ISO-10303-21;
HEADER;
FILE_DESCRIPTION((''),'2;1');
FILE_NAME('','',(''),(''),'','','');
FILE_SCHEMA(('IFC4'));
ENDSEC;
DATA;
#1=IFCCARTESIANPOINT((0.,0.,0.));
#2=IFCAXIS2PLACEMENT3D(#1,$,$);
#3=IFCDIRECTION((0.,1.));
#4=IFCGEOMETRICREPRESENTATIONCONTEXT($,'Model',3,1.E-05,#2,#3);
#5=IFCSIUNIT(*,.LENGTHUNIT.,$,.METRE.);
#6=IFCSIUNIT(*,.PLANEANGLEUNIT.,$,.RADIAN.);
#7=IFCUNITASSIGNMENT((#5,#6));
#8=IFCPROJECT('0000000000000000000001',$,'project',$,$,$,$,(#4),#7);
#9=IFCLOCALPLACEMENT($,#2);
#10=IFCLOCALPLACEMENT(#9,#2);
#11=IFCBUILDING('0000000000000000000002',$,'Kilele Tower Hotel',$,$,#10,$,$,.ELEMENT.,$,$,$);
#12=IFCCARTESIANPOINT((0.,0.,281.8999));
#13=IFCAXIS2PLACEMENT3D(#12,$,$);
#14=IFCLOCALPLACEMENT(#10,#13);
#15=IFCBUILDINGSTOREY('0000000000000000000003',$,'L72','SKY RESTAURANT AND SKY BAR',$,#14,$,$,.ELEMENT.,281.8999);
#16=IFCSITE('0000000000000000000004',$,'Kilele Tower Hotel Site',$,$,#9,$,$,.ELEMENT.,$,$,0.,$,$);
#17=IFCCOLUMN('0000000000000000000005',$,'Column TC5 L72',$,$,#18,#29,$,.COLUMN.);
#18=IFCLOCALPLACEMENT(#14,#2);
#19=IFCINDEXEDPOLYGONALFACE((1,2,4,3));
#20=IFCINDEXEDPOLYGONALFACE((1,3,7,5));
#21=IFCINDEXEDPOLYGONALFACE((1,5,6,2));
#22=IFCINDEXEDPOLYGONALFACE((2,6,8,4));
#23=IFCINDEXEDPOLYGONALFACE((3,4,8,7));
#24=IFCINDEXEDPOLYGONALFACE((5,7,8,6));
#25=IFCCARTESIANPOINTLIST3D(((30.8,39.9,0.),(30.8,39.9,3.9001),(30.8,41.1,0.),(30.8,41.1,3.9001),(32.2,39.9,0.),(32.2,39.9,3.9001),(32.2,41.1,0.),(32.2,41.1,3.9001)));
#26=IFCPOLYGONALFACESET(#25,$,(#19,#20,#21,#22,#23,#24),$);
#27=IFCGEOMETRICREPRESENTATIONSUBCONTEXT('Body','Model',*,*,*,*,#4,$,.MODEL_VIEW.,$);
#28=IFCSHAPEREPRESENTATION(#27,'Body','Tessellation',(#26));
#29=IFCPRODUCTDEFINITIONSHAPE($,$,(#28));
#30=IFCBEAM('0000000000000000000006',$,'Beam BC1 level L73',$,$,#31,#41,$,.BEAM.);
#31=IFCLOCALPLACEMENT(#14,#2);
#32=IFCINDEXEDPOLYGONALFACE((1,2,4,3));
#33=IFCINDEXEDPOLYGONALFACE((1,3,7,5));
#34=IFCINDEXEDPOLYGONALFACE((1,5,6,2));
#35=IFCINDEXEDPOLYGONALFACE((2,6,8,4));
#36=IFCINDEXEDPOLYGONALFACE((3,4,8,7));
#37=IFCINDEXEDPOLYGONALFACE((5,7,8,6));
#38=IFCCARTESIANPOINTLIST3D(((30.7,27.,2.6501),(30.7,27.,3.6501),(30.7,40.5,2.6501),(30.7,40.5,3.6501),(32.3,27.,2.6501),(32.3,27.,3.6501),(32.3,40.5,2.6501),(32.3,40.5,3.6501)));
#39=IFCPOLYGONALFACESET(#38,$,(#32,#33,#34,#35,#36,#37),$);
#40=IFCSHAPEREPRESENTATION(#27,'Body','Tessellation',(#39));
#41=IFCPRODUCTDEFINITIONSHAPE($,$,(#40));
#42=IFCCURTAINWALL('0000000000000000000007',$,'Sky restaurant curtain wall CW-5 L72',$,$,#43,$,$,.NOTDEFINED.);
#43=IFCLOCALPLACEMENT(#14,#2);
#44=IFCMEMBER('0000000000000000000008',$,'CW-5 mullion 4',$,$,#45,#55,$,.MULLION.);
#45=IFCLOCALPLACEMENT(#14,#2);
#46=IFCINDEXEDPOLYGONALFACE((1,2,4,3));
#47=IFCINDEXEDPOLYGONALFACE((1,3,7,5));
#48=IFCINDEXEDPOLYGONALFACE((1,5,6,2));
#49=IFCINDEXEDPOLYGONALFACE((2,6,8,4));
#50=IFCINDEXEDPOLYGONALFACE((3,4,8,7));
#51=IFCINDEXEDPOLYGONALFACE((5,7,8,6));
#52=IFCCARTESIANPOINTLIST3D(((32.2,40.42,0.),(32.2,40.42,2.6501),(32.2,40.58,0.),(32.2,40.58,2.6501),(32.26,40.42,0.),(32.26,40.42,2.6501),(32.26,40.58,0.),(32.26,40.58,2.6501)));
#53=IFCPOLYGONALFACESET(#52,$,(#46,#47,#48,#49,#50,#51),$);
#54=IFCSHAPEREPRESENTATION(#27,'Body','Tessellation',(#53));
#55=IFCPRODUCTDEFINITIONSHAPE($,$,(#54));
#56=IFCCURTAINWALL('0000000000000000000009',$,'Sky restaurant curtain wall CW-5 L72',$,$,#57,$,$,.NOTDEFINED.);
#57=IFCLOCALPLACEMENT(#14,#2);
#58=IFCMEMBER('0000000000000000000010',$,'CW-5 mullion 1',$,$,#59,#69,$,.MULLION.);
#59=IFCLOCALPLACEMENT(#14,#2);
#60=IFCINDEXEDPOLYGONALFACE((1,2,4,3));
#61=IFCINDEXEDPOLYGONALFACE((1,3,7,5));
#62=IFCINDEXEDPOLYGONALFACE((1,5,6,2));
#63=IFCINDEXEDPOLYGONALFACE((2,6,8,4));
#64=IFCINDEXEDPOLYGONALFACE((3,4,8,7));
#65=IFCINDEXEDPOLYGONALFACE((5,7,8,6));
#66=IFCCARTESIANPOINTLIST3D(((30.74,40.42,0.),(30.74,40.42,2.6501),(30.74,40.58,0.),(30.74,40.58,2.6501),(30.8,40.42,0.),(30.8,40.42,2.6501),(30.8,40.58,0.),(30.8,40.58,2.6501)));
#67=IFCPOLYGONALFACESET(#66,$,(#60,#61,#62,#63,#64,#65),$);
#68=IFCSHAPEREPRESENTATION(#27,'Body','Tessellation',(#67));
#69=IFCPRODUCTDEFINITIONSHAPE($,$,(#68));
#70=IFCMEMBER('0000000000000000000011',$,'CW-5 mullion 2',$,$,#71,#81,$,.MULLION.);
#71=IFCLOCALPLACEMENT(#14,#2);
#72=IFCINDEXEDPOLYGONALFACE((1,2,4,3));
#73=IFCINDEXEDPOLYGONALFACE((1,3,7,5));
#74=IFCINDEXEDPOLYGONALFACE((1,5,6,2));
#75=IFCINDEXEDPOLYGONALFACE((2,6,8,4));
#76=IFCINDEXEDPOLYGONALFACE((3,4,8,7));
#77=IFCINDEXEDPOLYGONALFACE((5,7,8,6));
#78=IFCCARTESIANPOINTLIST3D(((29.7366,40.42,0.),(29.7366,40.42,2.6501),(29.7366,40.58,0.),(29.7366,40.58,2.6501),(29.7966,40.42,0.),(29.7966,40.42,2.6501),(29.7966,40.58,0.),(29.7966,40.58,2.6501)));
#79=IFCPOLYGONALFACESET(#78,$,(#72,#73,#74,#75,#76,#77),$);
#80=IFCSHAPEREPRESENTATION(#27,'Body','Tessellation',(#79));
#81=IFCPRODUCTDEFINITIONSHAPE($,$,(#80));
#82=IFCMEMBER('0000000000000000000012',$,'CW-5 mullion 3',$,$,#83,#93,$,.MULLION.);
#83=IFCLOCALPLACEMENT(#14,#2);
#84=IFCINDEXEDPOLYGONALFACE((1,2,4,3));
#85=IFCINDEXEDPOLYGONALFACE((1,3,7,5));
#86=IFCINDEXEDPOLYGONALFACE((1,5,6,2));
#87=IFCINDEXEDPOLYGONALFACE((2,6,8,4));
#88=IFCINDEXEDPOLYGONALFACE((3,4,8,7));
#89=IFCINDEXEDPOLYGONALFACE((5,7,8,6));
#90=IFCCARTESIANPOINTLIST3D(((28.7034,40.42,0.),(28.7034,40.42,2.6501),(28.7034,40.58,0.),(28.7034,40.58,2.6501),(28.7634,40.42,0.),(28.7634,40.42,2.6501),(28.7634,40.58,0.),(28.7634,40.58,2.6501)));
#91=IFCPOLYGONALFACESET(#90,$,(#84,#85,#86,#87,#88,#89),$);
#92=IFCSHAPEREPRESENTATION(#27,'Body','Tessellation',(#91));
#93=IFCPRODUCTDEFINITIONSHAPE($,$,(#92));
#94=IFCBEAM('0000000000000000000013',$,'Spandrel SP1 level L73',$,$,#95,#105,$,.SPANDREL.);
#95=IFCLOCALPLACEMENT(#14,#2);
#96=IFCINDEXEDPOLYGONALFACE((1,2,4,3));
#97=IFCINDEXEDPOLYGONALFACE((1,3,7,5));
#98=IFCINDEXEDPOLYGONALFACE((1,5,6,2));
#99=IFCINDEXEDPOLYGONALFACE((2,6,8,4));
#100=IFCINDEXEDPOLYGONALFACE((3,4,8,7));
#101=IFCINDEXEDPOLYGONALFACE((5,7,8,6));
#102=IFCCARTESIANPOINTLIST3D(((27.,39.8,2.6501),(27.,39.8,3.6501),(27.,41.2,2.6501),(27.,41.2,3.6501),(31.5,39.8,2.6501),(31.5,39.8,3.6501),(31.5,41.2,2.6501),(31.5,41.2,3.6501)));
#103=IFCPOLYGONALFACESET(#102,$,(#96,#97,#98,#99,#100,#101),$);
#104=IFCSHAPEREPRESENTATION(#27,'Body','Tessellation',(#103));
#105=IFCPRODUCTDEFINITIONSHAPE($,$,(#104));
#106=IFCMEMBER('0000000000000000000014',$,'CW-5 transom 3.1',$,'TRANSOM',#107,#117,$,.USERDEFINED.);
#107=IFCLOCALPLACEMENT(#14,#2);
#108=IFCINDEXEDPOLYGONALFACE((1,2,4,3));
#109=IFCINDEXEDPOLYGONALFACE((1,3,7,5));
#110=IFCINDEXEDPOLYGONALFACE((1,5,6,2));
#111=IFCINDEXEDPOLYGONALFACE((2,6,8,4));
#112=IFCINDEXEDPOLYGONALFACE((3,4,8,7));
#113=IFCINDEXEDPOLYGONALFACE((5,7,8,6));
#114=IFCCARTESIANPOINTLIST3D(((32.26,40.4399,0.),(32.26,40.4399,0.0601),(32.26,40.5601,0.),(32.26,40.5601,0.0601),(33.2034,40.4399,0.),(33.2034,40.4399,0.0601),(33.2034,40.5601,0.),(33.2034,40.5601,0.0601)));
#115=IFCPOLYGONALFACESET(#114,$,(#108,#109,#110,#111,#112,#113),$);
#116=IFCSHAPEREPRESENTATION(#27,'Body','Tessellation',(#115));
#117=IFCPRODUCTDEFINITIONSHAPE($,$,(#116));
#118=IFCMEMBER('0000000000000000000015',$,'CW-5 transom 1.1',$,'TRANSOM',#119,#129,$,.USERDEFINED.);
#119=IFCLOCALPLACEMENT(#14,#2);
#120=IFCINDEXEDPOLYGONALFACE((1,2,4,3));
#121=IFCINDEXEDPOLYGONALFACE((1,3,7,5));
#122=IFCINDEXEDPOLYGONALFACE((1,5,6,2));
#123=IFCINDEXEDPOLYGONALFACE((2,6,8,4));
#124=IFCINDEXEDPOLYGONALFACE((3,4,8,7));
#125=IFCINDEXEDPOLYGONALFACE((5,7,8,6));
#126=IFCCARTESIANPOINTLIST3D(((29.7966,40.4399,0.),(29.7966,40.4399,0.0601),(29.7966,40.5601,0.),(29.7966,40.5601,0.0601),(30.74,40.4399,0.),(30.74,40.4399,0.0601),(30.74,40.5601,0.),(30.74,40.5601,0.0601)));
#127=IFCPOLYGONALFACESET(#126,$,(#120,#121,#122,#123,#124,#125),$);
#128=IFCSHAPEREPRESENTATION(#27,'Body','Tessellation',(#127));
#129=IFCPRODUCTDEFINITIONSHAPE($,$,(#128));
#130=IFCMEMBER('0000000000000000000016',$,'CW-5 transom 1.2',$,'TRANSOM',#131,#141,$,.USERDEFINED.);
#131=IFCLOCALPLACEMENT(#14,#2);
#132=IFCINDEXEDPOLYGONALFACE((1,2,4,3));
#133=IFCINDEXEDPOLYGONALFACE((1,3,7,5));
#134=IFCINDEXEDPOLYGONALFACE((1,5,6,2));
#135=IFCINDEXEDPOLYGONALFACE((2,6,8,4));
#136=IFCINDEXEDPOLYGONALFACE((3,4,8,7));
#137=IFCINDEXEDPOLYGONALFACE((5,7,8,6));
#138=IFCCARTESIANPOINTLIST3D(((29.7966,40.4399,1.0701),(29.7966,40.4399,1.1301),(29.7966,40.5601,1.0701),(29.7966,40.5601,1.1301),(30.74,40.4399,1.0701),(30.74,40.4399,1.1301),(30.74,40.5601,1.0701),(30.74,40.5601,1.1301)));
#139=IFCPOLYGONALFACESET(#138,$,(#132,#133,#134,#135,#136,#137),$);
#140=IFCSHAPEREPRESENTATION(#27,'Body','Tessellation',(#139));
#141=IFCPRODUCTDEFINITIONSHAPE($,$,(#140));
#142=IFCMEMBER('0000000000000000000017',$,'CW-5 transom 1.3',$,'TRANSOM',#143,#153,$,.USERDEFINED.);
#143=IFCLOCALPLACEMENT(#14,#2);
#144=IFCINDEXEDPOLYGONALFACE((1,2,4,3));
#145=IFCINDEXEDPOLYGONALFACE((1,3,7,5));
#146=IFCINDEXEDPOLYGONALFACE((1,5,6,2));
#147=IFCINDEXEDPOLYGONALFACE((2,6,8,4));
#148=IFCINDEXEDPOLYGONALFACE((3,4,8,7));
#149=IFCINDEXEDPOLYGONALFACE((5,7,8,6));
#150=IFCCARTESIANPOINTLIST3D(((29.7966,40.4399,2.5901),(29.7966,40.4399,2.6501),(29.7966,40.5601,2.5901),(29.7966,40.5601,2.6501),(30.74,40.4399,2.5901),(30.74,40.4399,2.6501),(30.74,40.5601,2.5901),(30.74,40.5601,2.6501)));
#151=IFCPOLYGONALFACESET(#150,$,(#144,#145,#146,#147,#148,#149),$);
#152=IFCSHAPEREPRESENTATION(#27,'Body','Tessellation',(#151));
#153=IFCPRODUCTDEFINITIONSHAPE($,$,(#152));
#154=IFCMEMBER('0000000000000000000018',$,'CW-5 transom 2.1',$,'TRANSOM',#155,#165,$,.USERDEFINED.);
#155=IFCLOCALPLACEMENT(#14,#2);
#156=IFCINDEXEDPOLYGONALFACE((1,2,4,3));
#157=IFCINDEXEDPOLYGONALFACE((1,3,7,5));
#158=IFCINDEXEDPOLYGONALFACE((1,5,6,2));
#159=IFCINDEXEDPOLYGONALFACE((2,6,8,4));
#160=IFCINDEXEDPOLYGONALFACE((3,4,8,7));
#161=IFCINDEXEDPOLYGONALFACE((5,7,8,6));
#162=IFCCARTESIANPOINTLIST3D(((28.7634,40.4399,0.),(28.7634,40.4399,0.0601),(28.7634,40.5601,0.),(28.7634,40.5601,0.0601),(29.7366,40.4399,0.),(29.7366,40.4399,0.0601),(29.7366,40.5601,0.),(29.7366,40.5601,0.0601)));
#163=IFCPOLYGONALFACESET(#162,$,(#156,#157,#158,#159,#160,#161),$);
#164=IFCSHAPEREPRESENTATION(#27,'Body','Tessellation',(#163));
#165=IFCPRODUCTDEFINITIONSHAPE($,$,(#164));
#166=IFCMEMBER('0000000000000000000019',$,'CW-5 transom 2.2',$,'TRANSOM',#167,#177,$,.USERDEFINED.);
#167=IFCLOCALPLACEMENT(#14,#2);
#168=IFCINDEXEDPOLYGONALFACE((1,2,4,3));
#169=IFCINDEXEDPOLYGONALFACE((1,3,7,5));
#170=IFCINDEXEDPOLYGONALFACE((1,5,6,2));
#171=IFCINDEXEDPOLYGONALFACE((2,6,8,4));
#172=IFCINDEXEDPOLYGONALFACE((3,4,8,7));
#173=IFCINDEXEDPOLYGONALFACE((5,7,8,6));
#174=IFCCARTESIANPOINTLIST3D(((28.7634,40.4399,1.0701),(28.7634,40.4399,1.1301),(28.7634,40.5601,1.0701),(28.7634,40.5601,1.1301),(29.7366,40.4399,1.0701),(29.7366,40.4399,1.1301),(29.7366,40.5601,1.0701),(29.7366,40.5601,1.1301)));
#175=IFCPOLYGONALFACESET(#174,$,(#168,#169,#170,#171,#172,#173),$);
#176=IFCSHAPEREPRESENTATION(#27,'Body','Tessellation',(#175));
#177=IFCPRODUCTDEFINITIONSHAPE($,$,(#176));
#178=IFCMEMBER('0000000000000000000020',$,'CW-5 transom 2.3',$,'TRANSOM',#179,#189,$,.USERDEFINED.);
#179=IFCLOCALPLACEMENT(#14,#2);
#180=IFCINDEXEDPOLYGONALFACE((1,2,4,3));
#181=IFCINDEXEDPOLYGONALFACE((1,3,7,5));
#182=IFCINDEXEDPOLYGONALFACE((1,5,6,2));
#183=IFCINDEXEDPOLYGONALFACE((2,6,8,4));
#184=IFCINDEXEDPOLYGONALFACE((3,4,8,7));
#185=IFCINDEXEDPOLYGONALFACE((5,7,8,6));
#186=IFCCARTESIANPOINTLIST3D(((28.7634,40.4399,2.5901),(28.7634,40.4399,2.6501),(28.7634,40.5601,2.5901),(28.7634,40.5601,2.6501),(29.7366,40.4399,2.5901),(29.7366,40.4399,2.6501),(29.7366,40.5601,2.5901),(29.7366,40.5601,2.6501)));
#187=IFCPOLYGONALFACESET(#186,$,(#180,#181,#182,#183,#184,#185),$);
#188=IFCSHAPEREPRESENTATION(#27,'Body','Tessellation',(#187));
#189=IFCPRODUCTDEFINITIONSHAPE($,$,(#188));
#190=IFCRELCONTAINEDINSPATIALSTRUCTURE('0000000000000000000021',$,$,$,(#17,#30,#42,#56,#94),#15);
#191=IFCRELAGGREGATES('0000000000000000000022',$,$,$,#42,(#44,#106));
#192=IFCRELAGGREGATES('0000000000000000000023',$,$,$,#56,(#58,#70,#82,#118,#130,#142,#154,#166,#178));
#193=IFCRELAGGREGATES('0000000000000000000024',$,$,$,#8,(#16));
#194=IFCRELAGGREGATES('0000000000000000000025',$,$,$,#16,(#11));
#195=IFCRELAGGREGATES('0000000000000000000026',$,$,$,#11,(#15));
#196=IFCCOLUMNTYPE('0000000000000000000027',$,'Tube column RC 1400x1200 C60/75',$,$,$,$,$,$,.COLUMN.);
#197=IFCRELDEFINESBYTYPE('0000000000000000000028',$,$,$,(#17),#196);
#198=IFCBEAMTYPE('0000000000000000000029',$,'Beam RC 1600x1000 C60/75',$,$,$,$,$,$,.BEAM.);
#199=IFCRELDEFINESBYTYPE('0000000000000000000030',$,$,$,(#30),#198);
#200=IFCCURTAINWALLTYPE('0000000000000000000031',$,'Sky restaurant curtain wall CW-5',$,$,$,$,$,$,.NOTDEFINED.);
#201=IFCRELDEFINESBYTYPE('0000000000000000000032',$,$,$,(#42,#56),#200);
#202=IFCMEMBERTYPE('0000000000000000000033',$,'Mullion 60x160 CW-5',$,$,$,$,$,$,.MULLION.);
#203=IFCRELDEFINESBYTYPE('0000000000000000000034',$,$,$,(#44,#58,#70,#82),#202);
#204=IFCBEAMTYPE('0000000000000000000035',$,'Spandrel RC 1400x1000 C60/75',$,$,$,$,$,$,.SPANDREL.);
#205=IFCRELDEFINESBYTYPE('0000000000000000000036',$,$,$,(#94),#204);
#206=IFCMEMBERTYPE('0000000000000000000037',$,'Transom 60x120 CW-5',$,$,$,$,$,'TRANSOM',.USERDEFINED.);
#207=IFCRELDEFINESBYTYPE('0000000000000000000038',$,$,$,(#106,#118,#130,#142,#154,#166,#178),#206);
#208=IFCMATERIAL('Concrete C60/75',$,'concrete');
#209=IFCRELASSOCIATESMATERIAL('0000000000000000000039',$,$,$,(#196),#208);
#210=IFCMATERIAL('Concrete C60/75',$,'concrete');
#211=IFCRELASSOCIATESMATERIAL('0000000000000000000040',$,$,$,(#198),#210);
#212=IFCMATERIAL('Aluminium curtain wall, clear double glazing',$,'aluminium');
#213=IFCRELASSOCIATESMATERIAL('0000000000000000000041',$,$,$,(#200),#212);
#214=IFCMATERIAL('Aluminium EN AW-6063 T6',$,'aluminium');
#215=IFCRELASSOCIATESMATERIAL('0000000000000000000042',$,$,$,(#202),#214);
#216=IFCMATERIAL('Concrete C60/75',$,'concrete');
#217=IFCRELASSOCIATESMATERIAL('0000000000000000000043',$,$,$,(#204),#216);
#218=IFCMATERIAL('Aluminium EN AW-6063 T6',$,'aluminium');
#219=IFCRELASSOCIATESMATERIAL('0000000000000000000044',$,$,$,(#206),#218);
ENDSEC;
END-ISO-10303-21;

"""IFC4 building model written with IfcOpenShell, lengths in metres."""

from ifc_helpers import new_model, si_unit, direction, frame, origin, origin_2d, place, context, subcontext, project, spatial, rectangle, extrude, material, material_profile, profile_set, type_object, element, aggregate, save


model = new_model("IFC4")

# Units and contexts
model_context = context("Model", 3, precision=1e-05, world=origin(), true_north=direction((0.0, 1.0)))
body_context = subcontext(model_context, "Body", "Model", "MODEL_VIEW")
ifc_project = project(units=[si_unit("LENGTHUNIT", "METRE"), si_unit("PLANEANGLEUNIT", "RADIAN")], contexts=[model_context])

# Site, building, storey
site_placement = place(None, origin())
site = spatial("IfcSite", under=ifc_project, at=site_placement, Name="Kilele Tower Hotel Site", CompositionType="ELEMENT", RefElevation=0.0)
building_placement = place(site_placement, origin())
building = spatial("IfcBuilding", under=site, at=building_placement, Name="Kilele Tower Hotel", CompositionType="ELEMENT")
storey_placement = place(building_placement, frame((0.0, 0.0, 281.8999)))
storey = spatial("IfcBuildingStorey", under=building, at=storey_placement, Name="L72", Description="SKY RESTAURANT AND SKY BAR", CompositionType="ELEMENT", Elevation=281.8999)

# Column
ifc_material_1 = material(Name="Concrete C60/75", Category="concrete")
ifc_material_profile_1 = material_profile(ifc_material_1, rectangle(XDim=1.3999, YDim=1.2, at=origin_2d()))
ifc_profile_set_1 = profile_set([ifc_material_profile_1], Name="Concrete C60/75")
column_type = type_object("IfcColumnType", Name="Tube column RC 1400x1200 C60/75", PredefinedType="COLUMN", material=ifc_profile_set_1)
column_placement = place(storey_placement, frame((31.5, 40.5, 0.0), z_axis=(0.0, 0.0, 1.0), x_axis=(1.0, 0.0, 0.0)))
element("IfcColumn", 1, at=column_placement, inside=storey, type_object=column_type, Name="Column TC5 L72", PredefinedType="COLUMN", context=body_context, shape_type="SweptSolid", body=[
    extrude(rectangle(XDim=1.3999, YDim=1.2, at=origin_2d()), origin(), (0.0, 0.0, 1.0), 3.9001),
])

# Beam
ifc_material_2 = material(Name="Concrete C60/75", Category="concrete")
ifc_material_profile_2 = material_profile(ifc_material_2, rectangle(XDim=1.6001, YDim=1.0, at=origin_2d()))
ifc_profile_set_2 = profile_set([ifc_material_profile_2], Name="Concrete C60/75")
beam_type_1 = type_object("IfcBeamType", Name="Beam RC 1600x1000 C60/75", PredefinedType="BEAM", material=ifc_profile_set_2)
beam_1_placement = place(storey_placement, frame((31.5, 40.5, 3.1501), z_axis=(0.0, -1.0, 0.0), x_axis=(1.0, 0.0, 0.0)))
element("IfcBeam", 2, at=beam_1_placement, inside=storey, type_object=beam_type_1, Name="Beam BC1 level L73", PredefinedType="BEAM", context=body_context, shape_type="SweptSolid", body=[
    extrude(rectangle(XDim=1.6001, YDim=1.0, at=origin_2d()), origin(), (0.0, 0.0, 1.0), 13.5),
])

# Curtain wall, member
ifc_material_3 = material(Name="Aluminium curtain wall, clear double glazing", Category="aluminium")
curtain_wall_type = type_object("IfcCurtainWallType", Name="Sky restaurant curtain wall CW-5", PredefinedType="NOTDEFINED", material=ifc_material_3)
curtain_wall_1_placement = place(storey_placement, origin())
curtain_wall_1 = element("IfcCurtainWall", 3, at=curtain_wall_1_placement, inside=storey, type_object=curtain_wall_type, Name="Sky restaurant curtain wall CW-5 L72", PredefinedType="NOTDEFINED")
ifc_material_4 = material(Name="Aluminium EN AW-6063 T6", Category="aluminium")
ifc_material_profile_3 = material_profile(ifc_material_4, rectangle(XDim=0.1599, YDim=0.0601, at=origin_2d()))
ifc_profile_set_3 = profile_set([ifc_material_profile_3], Name="Aluminium EN AW-6063 T6")
member_type_1 = type_object("IfcMemberType", Name="Mullion 60x160 CW-5", PredefinedType="MULLION", material=ifc_profile_set_3)
member_1_placement = place(storey_placement, frame((32.23, 40.5, 0.0), z_axis=(0.0, 0.0, 1.0), x_axis=(0.0, -1.0, 0.0)))
member_1 = element("IfcMember", 4, at=member_1_placement, type_object=member_type_1, Name="CW-5 mullion 4", PredefinedType="MULLION", context=body_context, shape_type="SweptSolid", body=[
    extrude(rectangle(XDim=0.1599, YDim=0.0601, at=origin_2d()), origin(), (0.0, 0.0, 1.0), 2.6501),
])

# Curtain wall, members
curtain_wall_2_placement = place(storey_placement, origin())
curtain_wall_2 = element("IfcCurtainWall", 5, at=curtain_wall_2_placement, inside=storey, type_object=curtain_wall_type, Name="Sky restaurant curtain wall CW-5 L72", PredefinedType="NOTDEFINED")
member_2_placement = place(storey_placement, frame((30.77, 40.5, 0.0), z_axis=(0.0, 0.0, 1.0), x_axis=(0.0, -1.0, 0.0)))
member_2 = element("IfcMember", 6, at=member_2_placement, type_object=member_type_1, Name="CW-5 mullion 1", PredefinedType="MULLION", context=body_context, shape_type="SweptSolid", body=[
    extrude(rectangle(XDim=0.1599, YDim=0.0601, at=origin_2d()), origin(), (0.0, 0.0, 1.0), 2.6501),
])
member_3_placement = place(storey_placement, frame((29.7666, 40.5, 0.0), z_axis=(0.0, 0.0, 1.0), x_axis=(0.0, -1.0, 0.0)))
member_3 = element("IfcMember", 7, at=member_3_placement, type_object=member_type_1, Name="CW-5 mullion 2", PredefinedType="MULLION", context=body_context, shape_type="SweptSolid", body=[
    extrude(rectangle(XDim=0.1599, YDim=0.0601, at=origin_2d()), origin(), (0.0, 0.0, 1.0), 2.6501),
])
member_4_placement = place(storey_placement, frame((28.7334, 40.5, 0.0), z_axis=(0.0, 0.0, 1.0), x_axis=(0.0, -1.0, 0.0)))
member_4 = element("IfcMember", 8, at=member_4_placement, type_object=member_type_1, Name="CW-5 mullion 3", PredefinedType="MULLION", context=body_context, shape_type="SweptSolid", body=[
    extrude(rectangle(XDim=0.1599, YDim=0.0601, at=origin_2d()), origin(), (0.0, 0.0, 1.0), 2.6501),
])

# Beam
ifc_material_5 = material(Name="Concrete C60/75", Category="concrete")
ifc_material_profile_4 = material_profile(ifc_material_5, rectangle(XDim=1.3999, YDim=1.0, at=origin_2d()))
ifc_profile_set_4 = profile_set([ifc_material_profile_4], Name="Concrete C60/75")
beam_type_2 = type_object("IfcBeamType", Name="Spandrel RC 1400x1000 C60/75", PredefinedType="SPANDREL", material=ifc_profile_set_4)
beam_2_placement = place(storey_placement, frame((31.5, 40.5, 3.1501), z_axis=(-1.0, 0.0, 0.0), x_axis=(0.0, -1.0, 0.0)))
element("IfcBeam", 9, at=beam_2_placement, inside=storey, type_object=beam_type_2, Name="Spandrel SP1 level L73", PredefinedType="SPANDREL", context=body_context, shape_type="SweptSolid", body=[
    extrude(rectangle(XDim=1.3999, YDim=1.0, at=origin_2d()), origin(), (0.0, 0.0, 1.0), 4.5),
])

# Members
ifc_material_6 = material(Name="Aluminium EN AW-6063 T6", Category="aluminium")
ifc_material_profile_5 = material_profile(ifc_material_6, rectangle(XDim=0.1201, YDim=0.0601, at=origin_2d()))
ifc_profile_set_5 = profile_set([ifc_material_profile_5], Name="Aluminium EN AW-6063 T6")
member_type_2 = type_object("IfcMemberType", Name="Transom 60x120 CW-5", ElementType="TRANSOM", PredefinedType="USERDEFINED", material=ifc_profile_set_5)
member_5_placement = place(storey_placement, frame((33.2034, 40.5, 0.03), z_axis=(-1.0, 0.0, 0.0), x_axis=(0.0, -1.0, 0.0)))
member_5 = element("IfcMember", 10, at=member_5_placement, type_object=member_type_2, Name="CW-5 transom 3.1", ObjectType="TRANSOM", PredefinedType="USERDEFINED", context=body_context, shape_type="SweptSolid", body=[
    extrude(rectangle(XDim=0.1201, YDim=0.0601, at=origin_2d()), origin(), (0.0, 0.0, 1.0), 0.9434),
])
member_6_placement = place(storey_placement, frame((30.74, 40.5, 0.03), z_axis=(-1.0, 0.0, 0.0), x_axis=(0.0, -1.0, 0.0)))
member_6 = element("IfcMember", 11, at=member_6_placement, type_object=member_type_2, Name="CW-5 transom 1.1", ObjectType="TRANSOM", PredefinedType="USERDEFINED", context=body_context, shape_type="SweptSolid", body=[
    extrude(rectangle(XDim=0.1201, YDim=0.0601, at=origin_2d()), origin(), (0.0, 0.0, 1.0), 0.9434),
])
member_7_placement = place(storey_placement, frame((30.74, 40.5, 1.1001), z_axis=(-1.0, 0.0, 0.0), x_axis=(0.0, -1.0, 0.0)))
member_7 = element("IfcMember", 12, at=member_7_placement, type_object=member_type_2, Name="CW-5 transom 1.2", ObjectType="TRANSOM", PredefinedType="USERDEFINED", context=body_context, shape_type="SweptSolid", body=[
    extrude(rectangle(XDim=0.1201, YDim=0.0601, at=origin_2d()), origin(), (0.0, 0.0, 1.0), 0.9434),
])
member_8_placement = place(storey_placement, frame((30.74, 40.5, 2.6201), z_axis=(-1.0, 0.0, 0.0), x_axis=(0.0, -1.0, 0.0)))
member_8 = element("IfcMember", 13, at=member_8_placement, type_object=member_type_2, Name="CW-5 transom 1.3", ObjectType="TRANSOM", PredefinedType="USERDEFINED", context=body_context, shape_type="SweptSolid", body=[
    extrude(rectangle(XDim=0.1201, YDim=0.0601, at=origin_2d()), origin(), (0.0, 0.0, 1.0), 0.9434),
])
member_9_placement = place(storey_placement, frame((29.7366, 40.5, 0.03), z_axis=(-1.0, 0.0, 0.0), x_axis=(0.0, -1.0, 0.0)))
member_9 = element("IfcMember", 14, at=member_9_placement, type_object=member_type_2, Name="CW-5 transom 2.1", ObjectType="TRANSOM", PredefinedType="USERDEFINED", context=body_context, shape_type="SweptSolid", body=[
    extrude(rectangle(XDim=0.1201, YDim=0.0601, at=origin_2d()), origin(), (0.0, 0.0, 1.0), 0.9731),
])
member_10_placement = place(storey_placement, frame((29.7366, 40.5, 1.1001), z_axis=(-1.0, 0.0, 0.0), x_axis=(0.0, -1.0, 0.0)))
member_10 = element("IfcMember", 15, at=member_10_placement, type_object=member_type_2, Name="CW-5 transom 2.2", ObjectType="TRANSOM", PredefinedType="USERDEFINED", context=body_context, shape_type="SweptSolid", body=[
    extrude(rectangle(XDim=0.1201, YDim=0.0601, at=origin_2d()), origin(), (0.0, 0.0, 1.0), 0.9731),
])
member_11_placement = place(storey_placement, frame((29.7366, 40.5, 2.6201), z_axis=(-1.0, 0.0, 0.0), x_axis=(0.0, -1.0, 0.0)))
member_11 = element("IfcMember", 16, at=member_11_placement, type_object=member_type_2, Name="CW-5 transom 2.3", ObjectType="TRANSOM", PredefinedType="USERDEFINED", context=body_context, shape_type="SweptSolid", body=[
    extrude(rectangle(XDim=0.1201, YDim=0.0601, at=origin_2d()), origin(), (0.0, 0.0, 1.0), 0.9731),
])

aggregate(curtain_wall_1, [member_1, member_5])
aggregate(curtain_wall_2, [member_2, member_3, member_4, member_6, member_7, member_8, member_9, member_10, member_11])

save(model, "model.ifc")
